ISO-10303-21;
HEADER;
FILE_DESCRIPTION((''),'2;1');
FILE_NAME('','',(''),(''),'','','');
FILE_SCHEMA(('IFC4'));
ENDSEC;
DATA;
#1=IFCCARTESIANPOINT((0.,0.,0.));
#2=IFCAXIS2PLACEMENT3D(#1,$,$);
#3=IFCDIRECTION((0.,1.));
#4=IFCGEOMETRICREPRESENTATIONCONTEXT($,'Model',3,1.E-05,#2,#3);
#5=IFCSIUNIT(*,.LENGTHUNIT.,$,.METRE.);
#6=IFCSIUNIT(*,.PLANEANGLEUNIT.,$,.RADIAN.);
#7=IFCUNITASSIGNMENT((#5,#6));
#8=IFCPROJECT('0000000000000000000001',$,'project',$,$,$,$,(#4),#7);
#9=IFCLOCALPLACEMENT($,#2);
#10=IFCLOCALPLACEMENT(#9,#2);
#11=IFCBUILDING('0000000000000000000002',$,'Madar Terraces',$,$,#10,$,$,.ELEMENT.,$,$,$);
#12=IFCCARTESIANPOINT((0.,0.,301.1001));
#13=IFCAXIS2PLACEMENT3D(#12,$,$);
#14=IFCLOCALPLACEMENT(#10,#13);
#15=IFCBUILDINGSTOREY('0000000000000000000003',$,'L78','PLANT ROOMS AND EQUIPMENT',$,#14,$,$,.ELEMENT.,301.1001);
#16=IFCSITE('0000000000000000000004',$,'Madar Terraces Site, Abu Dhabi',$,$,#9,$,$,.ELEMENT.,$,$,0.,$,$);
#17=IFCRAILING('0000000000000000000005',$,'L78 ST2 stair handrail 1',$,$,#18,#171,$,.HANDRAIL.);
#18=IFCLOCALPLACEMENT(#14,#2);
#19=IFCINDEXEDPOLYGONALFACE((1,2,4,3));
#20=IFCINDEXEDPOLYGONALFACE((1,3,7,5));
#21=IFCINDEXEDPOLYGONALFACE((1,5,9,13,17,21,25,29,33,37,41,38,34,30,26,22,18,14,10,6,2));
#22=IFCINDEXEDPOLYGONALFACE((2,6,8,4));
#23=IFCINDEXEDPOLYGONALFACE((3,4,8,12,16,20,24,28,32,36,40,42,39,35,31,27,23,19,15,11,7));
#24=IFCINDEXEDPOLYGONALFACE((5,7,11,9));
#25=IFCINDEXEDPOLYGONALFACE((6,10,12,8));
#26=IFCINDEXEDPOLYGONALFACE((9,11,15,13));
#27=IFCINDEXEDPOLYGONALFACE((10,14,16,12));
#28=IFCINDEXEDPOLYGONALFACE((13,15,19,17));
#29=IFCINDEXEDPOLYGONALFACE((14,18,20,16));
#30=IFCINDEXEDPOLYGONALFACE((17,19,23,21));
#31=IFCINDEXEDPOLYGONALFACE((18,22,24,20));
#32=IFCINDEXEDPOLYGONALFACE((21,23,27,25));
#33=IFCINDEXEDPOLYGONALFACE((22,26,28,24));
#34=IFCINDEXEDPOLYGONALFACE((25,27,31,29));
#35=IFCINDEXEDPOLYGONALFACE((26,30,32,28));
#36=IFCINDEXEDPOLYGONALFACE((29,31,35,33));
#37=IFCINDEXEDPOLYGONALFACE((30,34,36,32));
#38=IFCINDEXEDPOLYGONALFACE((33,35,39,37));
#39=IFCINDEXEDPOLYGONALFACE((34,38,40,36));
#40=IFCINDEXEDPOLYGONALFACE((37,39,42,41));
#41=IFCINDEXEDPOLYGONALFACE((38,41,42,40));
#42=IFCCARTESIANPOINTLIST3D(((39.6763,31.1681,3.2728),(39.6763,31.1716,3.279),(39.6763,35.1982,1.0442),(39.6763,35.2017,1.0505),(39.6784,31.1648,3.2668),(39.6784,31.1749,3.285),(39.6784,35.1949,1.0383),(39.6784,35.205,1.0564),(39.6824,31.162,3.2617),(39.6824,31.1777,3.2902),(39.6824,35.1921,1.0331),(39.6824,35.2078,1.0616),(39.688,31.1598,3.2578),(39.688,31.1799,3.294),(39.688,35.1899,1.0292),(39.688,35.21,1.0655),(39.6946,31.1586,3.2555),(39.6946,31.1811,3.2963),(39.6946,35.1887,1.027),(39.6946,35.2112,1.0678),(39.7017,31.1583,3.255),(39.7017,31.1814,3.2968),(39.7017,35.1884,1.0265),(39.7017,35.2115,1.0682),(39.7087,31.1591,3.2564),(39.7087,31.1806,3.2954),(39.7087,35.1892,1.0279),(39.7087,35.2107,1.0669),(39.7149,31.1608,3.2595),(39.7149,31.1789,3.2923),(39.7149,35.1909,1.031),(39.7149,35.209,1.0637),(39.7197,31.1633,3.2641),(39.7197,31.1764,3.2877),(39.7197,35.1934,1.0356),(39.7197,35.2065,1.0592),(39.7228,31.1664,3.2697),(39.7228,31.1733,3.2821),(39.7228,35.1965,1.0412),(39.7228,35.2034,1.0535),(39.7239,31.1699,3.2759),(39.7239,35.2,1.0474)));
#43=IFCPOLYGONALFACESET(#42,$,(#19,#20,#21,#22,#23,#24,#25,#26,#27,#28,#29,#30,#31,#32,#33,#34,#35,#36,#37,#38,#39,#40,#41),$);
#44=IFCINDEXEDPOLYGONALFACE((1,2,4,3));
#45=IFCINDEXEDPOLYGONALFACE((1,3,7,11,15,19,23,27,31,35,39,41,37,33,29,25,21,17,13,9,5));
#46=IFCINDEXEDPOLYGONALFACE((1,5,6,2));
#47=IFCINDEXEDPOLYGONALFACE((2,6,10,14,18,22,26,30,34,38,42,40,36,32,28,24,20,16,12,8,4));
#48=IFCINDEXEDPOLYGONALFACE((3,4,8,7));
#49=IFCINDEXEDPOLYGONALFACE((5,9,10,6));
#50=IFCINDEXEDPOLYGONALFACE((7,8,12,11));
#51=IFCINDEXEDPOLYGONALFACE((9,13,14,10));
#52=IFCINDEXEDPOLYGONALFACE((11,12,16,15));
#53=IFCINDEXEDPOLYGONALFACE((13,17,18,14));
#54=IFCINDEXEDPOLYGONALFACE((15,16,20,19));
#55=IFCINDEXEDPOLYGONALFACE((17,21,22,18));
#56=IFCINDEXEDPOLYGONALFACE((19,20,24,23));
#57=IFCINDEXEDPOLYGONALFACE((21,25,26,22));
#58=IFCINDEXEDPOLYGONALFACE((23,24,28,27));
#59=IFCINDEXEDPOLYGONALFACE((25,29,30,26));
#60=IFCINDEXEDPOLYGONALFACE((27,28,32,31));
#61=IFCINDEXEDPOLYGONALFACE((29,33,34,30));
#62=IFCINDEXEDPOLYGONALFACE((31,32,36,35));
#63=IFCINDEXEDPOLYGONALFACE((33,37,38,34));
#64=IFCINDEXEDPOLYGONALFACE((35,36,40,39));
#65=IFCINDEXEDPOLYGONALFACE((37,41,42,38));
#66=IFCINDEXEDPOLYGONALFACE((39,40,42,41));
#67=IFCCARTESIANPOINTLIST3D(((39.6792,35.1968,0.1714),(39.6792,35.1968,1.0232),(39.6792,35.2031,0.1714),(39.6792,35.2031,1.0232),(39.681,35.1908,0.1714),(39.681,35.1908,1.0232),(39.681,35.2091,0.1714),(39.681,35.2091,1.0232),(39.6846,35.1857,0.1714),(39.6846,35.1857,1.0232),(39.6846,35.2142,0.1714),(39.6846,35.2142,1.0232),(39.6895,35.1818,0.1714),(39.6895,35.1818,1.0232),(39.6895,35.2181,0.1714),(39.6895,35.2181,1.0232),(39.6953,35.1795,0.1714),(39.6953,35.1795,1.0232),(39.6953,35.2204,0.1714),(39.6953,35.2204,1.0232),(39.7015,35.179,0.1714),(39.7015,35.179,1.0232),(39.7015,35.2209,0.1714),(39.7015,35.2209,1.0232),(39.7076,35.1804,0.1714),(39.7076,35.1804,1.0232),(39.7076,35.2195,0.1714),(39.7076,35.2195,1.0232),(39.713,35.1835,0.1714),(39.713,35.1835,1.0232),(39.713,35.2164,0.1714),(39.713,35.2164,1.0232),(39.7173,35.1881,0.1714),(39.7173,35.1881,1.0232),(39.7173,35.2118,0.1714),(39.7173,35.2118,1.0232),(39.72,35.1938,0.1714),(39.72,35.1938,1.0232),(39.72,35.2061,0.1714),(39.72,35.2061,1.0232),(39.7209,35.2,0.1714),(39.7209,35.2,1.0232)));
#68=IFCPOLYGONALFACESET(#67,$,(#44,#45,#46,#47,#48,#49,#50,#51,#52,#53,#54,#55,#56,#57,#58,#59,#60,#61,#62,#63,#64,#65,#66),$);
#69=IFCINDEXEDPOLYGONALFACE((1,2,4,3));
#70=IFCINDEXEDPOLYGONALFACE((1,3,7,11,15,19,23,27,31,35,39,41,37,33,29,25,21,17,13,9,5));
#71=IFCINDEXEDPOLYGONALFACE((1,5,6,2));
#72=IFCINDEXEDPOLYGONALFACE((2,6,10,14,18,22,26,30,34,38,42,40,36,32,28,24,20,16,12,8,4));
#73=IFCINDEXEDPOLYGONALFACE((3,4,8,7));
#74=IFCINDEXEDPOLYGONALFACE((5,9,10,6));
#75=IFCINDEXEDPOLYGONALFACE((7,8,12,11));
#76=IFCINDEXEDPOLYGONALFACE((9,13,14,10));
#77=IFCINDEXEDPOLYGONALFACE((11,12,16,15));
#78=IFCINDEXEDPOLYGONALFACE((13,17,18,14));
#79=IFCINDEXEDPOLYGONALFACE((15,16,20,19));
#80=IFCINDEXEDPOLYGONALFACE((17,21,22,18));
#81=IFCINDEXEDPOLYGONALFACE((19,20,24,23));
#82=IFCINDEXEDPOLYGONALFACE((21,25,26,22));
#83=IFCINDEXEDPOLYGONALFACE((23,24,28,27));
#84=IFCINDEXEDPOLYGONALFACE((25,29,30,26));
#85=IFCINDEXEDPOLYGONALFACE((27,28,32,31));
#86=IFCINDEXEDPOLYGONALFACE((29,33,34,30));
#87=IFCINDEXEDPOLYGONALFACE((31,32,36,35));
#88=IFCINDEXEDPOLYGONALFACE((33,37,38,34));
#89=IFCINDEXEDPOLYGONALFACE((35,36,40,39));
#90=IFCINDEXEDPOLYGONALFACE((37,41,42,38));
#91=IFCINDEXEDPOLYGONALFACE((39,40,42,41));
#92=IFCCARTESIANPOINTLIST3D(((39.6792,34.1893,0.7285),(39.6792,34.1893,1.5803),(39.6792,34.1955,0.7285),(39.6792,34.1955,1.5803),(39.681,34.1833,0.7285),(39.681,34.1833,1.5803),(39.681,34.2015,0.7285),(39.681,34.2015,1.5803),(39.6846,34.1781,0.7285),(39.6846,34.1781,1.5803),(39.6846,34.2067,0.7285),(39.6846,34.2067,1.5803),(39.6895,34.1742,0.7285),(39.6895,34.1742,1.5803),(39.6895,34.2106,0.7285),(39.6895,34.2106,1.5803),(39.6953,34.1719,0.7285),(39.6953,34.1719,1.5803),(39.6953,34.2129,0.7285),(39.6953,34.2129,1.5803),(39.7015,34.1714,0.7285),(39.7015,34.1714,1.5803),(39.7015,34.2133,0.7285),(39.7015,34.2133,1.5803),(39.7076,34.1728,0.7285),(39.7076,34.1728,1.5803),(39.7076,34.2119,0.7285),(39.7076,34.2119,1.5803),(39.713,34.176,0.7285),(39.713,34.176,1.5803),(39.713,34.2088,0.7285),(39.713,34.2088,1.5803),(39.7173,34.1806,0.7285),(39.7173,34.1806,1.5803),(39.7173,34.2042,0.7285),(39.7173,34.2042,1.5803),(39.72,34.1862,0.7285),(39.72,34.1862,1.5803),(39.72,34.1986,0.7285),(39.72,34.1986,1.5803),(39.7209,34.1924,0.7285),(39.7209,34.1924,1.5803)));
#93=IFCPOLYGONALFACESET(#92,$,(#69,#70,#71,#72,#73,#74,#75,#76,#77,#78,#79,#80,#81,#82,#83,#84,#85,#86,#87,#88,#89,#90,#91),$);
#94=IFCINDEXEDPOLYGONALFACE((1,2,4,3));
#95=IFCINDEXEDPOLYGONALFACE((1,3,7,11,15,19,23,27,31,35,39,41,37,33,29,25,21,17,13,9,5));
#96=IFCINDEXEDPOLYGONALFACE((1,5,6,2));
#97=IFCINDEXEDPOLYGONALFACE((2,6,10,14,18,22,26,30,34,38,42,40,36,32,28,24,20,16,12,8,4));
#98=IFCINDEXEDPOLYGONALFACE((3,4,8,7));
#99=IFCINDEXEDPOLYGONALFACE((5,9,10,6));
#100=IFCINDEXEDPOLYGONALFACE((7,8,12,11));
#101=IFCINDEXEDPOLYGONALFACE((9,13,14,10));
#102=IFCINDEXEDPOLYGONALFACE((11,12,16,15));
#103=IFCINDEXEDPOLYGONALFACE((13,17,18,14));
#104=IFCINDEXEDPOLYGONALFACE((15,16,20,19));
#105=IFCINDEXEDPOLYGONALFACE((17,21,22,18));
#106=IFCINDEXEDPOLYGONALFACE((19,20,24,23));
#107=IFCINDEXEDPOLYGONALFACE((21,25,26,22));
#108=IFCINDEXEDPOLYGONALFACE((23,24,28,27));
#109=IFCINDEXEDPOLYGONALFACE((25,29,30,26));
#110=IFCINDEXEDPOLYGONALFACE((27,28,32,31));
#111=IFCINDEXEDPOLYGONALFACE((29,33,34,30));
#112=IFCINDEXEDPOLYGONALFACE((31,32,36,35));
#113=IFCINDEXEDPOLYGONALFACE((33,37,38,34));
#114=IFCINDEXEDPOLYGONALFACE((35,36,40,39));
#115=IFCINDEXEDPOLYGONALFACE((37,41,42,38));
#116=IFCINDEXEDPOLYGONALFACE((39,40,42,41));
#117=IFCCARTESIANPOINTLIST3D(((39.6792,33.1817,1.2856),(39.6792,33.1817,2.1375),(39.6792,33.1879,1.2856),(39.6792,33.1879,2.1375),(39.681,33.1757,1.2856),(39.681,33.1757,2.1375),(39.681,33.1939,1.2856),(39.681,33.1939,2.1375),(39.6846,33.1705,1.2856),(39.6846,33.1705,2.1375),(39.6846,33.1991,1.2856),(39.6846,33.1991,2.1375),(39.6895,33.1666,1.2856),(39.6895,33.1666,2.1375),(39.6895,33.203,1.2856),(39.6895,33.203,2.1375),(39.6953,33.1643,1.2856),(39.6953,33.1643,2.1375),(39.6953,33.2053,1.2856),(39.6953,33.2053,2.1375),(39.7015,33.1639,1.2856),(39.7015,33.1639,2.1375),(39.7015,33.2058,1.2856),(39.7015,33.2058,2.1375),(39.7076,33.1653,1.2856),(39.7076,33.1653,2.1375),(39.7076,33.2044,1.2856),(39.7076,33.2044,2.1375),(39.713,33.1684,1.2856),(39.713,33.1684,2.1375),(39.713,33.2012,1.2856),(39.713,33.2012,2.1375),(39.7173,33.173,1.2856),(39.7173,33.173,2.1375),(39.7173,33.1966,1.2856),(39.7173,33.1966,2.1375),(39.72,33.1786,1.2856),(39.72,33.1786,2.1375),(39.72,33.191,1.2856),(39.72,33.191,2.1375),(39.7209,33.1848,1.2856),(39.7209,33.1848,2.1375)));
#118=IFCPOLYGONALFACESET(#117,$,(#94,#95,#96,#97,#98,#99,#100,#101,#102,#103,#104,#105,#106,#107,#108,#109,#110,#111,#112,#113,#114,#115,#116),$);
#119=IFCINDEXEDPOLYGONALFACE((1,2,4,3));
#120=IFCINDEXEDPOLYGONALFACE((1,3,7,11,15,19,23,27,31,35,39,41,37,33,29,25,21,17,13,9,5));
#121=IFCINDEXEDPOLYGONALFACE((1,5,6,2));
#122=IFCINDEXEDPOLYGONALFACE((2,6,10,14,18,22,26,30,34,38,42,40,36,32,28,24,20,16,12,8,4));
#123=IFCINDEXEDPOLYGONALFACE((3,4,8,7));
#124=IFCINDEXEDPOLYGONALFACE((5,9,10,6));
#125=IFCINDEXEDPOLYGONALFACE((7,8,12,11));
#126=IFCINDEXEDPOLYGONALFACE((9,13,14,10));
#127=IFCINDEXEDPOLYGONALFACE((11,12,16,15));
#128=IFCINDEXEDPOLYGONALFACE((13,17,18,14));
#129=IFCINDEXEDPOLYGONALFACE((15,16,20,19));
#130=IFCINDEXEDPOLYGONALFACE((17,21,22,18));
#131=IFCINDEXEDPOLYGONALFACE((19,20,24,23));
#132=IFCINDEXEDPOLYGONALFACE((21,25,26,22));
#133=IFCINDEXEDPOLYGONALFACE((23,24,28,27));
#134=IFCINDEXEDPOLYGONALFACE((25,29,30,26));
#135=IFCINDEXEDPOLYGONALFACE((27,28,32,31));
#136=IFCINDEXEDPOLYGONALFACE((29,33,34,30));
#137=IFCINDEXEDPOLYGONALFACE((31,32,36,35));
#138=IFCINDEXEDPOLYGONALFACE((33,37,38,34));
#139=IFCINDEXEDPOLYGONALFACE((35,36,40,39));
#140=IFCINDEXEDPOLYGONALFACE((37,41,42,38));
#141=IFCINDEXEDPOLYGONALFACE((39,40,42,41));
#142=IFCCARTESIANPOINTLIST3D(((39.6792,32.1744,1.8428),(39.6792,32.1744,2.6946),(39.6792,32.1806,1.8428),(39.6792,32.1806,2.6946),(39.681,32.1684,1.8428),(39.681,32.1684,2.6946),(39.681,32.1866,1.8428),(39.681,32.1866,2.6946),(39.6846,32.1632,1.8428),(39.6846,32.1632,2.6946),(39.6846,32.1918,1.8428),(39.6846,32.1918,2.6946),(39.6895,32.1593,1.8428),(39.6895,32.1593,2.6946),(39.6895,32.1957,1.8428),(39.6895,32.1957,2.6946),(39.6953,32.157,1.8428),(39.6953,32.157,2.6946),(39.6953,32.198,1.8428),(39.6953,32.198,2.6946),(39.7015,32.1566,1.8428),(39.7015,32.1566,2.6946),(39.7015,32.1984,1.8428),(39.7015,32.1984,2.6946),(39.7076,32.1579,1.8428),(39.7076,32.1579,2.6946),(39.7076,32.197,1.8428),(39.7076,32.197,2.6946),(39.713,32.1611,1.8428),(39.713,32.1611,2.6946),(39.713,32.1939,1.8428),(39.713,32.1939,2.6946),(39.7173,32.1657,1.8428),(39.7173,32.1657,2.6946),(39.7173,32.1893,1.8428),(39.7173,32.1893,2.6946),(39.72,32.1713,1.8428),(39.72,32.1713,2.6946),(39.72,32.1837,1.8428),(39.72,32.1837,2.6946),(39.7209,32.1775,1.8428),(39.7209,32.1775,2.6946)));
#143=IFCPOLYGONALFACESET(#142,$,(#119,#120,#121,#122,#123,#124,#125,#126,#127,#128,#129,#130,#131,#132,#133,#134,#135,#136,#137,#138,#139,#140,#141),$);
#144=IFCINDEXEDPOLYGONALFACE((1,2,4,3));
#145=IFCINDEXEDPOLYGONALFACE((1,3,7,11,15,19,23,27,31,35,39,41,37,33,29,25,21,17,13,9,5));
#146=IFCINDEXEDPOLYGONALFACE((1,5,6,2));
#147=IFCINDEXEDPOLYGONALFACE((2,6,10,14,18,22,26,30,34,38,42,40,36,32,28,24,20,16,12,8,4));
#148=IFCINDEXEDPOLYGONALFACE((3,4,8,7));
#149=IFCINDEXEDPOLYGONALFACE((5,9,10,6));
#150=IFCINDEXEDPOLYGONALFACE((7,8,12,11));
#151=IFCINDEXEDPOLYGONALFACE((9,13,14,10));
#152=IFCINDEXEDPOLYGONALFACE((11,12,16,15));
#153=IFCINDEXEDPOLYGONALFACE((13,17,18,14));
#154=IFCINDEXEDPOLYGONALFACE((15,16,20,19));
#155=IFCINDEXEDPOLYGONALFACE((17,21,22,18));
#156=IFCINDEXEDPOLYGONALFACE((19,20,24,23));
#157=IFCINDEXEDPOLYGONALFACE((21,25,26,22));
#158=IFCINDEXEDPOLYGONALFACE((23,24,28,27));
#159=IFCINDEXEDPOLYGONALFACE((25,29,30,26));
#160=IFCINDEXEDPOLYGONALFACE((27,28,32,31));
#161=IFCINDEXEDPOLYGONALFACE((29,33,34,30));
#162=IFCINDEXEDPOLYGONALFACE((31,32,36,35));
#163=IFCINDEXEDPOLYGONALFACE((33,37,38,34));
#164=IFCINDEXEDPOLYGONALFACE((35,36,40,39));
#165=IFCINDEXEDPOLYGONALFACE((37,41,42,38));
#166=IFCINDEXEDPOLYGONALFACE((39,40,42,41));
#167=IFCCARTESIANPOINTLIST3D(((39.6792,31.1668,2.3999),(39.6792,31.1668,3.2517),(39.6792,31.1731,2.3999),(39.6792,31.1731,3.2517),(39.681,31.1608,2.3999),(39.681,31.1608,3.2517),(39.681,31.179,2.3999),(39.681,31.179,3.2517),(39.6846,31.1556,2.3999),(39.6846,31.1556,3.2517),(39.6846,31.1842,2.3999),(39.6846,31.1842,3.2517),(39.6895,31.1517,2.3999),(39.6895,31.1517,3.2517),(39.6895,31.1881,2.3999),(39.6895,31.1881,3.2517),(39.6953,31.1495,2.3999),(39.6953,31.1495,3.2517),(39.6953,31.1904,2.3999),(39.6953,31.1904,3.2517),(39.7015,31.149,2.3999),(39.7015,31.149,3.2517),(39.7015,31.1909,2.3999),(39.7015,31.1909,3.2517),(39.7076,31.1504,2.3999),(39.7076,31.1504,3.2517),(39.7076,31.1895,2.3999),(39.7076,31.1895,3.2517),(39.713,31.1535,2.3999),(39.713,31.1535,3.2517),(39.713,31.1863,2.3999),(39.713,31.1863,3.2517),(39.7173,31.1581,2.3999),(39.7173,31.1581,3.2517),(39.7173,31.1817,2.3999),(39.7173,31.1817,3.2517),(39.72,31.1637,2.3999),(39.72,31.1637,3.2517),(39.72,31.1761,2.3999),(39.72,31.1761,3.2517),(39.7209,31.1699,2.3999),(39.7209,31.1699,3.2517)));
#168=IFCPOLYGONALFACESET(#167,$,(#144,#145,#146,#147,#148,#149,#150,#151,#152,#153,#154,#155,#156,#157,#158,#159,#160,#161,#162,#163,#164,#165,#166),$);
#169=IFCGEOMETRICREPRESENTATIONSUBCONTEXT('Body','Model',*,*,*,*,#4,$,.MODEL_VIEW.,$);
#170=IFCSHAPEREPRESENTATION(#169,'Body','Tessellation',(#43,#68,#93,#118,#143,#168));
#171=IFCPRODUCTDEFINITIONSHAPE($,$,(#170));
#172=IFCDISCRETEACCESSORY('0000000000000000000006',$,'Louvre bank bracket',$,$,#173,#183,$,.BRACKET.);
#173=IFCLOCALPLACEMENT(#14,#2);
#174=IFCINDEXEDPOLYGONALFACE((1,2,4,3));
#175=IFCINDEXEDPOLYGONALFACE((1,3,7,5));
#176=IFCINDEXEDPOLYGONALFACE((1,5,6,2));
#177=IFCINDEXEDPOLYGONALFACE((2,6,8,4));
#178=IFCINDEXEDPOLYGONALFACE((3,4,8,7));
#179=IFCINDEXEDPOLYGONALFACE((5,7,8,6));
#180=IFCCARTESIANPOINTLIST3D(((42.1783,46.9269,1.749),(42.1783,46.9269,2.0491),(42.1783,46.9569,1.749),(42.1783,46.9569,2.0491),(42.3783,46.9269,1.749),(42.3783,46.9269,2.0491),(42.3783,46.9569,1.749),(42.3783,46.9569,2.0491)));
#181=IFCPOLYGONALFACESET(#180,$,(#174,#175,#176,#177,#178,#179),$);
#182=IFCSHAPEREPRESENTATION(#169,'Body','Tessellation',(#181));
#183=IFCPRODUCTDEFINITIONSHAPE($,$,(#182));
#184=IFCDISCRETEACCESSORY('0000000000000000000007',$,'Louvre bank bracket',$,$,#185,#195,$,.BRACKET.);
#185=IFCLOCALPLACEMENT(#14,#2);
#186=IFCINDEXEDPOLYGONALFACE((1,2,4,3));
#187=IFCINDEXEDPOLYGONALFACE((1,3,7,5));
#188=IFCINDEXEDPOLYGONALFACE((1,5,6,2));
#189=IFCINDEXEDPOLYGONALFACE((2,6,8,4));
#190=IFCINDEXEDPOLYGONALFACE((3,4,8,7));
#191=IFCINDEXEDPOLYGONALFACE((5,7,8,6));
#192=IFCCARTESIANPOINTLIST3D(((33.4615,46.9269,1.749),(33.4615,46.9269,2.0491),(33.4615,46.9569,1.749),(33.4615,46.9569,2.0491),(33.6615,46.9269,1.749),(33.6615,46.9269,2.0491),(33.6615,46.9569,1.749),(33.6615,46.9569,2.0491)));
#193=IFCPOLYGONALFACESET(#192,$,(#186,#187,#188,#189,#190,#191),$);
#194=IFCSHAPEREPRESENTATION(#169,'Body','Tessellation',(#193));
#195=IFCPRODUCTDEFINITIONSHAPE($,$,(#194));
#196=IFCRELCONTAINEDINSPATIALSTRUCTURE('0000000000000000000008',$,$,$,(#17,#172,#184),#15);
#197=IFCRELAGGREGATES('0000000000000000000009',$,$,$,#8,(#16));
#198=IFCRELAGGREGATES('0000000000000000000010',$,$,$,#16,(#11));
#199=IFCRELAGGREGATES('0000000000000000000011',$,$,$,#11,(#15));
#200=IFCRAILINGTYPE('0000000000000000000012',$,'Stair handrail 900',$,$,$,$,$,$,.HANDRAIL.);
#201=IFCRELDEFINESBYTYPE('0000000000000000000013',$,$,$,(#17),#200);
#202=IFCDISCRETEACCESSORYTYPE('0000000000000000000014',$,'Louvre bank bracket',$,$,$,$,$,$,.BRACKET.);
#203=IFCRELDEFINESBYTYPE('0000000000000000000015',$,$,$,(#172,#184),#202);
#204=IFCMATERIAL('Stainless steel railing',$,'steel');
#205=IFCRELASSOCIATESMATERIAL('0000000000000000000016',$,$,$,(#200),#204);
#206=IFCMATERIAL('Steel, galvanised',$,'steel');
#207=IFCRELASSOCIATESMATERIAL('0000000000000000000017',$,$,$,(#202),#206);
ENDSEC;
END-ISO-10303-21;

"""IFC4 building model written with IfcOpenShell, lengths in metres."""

from ifc_helpers import new_model, si_unit, direction, frame, origin, origin_2d, place, context, subcontext, project, spatial, rectangle, circle, extrude, material, type_object, element, save


model = new_model("IFC4")

# Units and contexts
model_context = context("Model", 3, precision=1e-05, world=origin(), true_north=direction((0.0, 1.0)))
body_context = subcontext(model_context, "Body", "Model", "MODEL_VIEW")
ifc_project = project(units=[si_unit("LENGTHUNIT", "METRE"), si_unit("PLANEANGLEUNIT", "RADIAN")], contexts=[model_context])

# Site, building, storey
site_placement = place(None, origin())
site = spatial("IfcSite", under=ifc_project, at=site_placement, Name="Madar Terraces Site, Abu Dhabi", CompositionType="ELEMENT", RefElevation=0.0)
building_placement = place(site_placement, origin())
building = spatial("IfcBuilding", under=site, at=building_placement, Name="Madar Terraces", CompositionType="ELEMENT")
storey_placement = place(building_placement, frame((0.0, 0.0, 301.1001)))
storey = spatial("IfcBuildingStorey", under=building, at=storey_placement, Name="L78", Description="PLANT ROOMS AND EQUIPMENT", CompositionType="ELEMENT", Elevation=301.1001)

# Railing
ifc_material_1 = material(Name="Stainless steel railing", Category="steel")
railing_type_1 = type_object("IfcRailingType", Name="Stair handrail 900", PredefinedType="HANDRAIL", material=ifc_material_1)
railing_1_placement = place(storey_placement, frame((39.7, 35.2, 0.1714)))
element("IfcRailing", 1, at=railing_1_placement, inside=storey, type_object=railing_type_1, Name="L78 ST2 stair handrail 1", PredefinedType="HANDRAIL", context=body_context, shape_type="SweptSolid", body=[
    extrude(circle(Radius=0.0239, at=origin_2d()), frame((0.0, 0.0, 0.876), z_axis=(0.0, -0.875113, 0.483918), x_axis=(1.0, 0.0, 0.0)), (0.0, 0.0, 1.0), 4.6052),
    extrude(circle(Radius=0.021, at=origin_2d()), origin(), (0.0, 0.0, 1.0), 0.8518),
    extrude(circle(Radius=0.021, at=origin_2d()), frame((0.0, -1.0076, 0.5571)), (0.0, 0.0, 1.0), 0.8518),
    extrude(circle(Radius=0.021, at=origin_2d()), frame((0.0, -2.0151, 1.1143)), (0.0, 0.0, 1.0), 0.8518),
    extrude(circle(Radius=0.021, at=origin_2d()), frame((0.0, -3.0225, 1.6714)), (0.0, 0.0, 1.0), 0.8518),
    extrude(circle(Radius=0.021, at=origin_2d()), frame((0.0, -4.03, 2.2285)), (0.0, 0.0, 1.0), 0.8518),
])

# Discrete accessories
ifc_material_2 = material(Name="Steel, galvanised", Category="steel")
discrete_accessory_type = type_object("IfcDiscreteAccessoryType", Name="Louvre bank bracket", PredefinedType="BRACKET", material=ifc_material_2)
for number, where, z_axis, x_axis, name in (
    (2, (42.2783, 46.9419, 1.749), (0.0, 0.0, 1.0), (-1.0, 0.0, 0.0), "Louvre bank bracket"),
    (3, (33.5615, 46.9419, 1.749), (0.0, 0.0, 1.0), (-1.0, 0.0, 0.0), "Louvre bank bracket"),
):
    element("IfcDiscreteAccessory", number, at=place(storey_placement, frame(where, z_axis=z_axis, x_axis=x_axis)), inside=storey, type_object=discrete_accessory_type, Name=name, PredefinedType="BRACKET", context=body_context, shape_type="SweptSolid", body=[
        extrude(rectangle(XDim=0.2, YDim=0.03, at=origin_2d()), origin(), (0.0, 0.0, 1.0), 0.3),
    ])

save(model, "model.ifc")
